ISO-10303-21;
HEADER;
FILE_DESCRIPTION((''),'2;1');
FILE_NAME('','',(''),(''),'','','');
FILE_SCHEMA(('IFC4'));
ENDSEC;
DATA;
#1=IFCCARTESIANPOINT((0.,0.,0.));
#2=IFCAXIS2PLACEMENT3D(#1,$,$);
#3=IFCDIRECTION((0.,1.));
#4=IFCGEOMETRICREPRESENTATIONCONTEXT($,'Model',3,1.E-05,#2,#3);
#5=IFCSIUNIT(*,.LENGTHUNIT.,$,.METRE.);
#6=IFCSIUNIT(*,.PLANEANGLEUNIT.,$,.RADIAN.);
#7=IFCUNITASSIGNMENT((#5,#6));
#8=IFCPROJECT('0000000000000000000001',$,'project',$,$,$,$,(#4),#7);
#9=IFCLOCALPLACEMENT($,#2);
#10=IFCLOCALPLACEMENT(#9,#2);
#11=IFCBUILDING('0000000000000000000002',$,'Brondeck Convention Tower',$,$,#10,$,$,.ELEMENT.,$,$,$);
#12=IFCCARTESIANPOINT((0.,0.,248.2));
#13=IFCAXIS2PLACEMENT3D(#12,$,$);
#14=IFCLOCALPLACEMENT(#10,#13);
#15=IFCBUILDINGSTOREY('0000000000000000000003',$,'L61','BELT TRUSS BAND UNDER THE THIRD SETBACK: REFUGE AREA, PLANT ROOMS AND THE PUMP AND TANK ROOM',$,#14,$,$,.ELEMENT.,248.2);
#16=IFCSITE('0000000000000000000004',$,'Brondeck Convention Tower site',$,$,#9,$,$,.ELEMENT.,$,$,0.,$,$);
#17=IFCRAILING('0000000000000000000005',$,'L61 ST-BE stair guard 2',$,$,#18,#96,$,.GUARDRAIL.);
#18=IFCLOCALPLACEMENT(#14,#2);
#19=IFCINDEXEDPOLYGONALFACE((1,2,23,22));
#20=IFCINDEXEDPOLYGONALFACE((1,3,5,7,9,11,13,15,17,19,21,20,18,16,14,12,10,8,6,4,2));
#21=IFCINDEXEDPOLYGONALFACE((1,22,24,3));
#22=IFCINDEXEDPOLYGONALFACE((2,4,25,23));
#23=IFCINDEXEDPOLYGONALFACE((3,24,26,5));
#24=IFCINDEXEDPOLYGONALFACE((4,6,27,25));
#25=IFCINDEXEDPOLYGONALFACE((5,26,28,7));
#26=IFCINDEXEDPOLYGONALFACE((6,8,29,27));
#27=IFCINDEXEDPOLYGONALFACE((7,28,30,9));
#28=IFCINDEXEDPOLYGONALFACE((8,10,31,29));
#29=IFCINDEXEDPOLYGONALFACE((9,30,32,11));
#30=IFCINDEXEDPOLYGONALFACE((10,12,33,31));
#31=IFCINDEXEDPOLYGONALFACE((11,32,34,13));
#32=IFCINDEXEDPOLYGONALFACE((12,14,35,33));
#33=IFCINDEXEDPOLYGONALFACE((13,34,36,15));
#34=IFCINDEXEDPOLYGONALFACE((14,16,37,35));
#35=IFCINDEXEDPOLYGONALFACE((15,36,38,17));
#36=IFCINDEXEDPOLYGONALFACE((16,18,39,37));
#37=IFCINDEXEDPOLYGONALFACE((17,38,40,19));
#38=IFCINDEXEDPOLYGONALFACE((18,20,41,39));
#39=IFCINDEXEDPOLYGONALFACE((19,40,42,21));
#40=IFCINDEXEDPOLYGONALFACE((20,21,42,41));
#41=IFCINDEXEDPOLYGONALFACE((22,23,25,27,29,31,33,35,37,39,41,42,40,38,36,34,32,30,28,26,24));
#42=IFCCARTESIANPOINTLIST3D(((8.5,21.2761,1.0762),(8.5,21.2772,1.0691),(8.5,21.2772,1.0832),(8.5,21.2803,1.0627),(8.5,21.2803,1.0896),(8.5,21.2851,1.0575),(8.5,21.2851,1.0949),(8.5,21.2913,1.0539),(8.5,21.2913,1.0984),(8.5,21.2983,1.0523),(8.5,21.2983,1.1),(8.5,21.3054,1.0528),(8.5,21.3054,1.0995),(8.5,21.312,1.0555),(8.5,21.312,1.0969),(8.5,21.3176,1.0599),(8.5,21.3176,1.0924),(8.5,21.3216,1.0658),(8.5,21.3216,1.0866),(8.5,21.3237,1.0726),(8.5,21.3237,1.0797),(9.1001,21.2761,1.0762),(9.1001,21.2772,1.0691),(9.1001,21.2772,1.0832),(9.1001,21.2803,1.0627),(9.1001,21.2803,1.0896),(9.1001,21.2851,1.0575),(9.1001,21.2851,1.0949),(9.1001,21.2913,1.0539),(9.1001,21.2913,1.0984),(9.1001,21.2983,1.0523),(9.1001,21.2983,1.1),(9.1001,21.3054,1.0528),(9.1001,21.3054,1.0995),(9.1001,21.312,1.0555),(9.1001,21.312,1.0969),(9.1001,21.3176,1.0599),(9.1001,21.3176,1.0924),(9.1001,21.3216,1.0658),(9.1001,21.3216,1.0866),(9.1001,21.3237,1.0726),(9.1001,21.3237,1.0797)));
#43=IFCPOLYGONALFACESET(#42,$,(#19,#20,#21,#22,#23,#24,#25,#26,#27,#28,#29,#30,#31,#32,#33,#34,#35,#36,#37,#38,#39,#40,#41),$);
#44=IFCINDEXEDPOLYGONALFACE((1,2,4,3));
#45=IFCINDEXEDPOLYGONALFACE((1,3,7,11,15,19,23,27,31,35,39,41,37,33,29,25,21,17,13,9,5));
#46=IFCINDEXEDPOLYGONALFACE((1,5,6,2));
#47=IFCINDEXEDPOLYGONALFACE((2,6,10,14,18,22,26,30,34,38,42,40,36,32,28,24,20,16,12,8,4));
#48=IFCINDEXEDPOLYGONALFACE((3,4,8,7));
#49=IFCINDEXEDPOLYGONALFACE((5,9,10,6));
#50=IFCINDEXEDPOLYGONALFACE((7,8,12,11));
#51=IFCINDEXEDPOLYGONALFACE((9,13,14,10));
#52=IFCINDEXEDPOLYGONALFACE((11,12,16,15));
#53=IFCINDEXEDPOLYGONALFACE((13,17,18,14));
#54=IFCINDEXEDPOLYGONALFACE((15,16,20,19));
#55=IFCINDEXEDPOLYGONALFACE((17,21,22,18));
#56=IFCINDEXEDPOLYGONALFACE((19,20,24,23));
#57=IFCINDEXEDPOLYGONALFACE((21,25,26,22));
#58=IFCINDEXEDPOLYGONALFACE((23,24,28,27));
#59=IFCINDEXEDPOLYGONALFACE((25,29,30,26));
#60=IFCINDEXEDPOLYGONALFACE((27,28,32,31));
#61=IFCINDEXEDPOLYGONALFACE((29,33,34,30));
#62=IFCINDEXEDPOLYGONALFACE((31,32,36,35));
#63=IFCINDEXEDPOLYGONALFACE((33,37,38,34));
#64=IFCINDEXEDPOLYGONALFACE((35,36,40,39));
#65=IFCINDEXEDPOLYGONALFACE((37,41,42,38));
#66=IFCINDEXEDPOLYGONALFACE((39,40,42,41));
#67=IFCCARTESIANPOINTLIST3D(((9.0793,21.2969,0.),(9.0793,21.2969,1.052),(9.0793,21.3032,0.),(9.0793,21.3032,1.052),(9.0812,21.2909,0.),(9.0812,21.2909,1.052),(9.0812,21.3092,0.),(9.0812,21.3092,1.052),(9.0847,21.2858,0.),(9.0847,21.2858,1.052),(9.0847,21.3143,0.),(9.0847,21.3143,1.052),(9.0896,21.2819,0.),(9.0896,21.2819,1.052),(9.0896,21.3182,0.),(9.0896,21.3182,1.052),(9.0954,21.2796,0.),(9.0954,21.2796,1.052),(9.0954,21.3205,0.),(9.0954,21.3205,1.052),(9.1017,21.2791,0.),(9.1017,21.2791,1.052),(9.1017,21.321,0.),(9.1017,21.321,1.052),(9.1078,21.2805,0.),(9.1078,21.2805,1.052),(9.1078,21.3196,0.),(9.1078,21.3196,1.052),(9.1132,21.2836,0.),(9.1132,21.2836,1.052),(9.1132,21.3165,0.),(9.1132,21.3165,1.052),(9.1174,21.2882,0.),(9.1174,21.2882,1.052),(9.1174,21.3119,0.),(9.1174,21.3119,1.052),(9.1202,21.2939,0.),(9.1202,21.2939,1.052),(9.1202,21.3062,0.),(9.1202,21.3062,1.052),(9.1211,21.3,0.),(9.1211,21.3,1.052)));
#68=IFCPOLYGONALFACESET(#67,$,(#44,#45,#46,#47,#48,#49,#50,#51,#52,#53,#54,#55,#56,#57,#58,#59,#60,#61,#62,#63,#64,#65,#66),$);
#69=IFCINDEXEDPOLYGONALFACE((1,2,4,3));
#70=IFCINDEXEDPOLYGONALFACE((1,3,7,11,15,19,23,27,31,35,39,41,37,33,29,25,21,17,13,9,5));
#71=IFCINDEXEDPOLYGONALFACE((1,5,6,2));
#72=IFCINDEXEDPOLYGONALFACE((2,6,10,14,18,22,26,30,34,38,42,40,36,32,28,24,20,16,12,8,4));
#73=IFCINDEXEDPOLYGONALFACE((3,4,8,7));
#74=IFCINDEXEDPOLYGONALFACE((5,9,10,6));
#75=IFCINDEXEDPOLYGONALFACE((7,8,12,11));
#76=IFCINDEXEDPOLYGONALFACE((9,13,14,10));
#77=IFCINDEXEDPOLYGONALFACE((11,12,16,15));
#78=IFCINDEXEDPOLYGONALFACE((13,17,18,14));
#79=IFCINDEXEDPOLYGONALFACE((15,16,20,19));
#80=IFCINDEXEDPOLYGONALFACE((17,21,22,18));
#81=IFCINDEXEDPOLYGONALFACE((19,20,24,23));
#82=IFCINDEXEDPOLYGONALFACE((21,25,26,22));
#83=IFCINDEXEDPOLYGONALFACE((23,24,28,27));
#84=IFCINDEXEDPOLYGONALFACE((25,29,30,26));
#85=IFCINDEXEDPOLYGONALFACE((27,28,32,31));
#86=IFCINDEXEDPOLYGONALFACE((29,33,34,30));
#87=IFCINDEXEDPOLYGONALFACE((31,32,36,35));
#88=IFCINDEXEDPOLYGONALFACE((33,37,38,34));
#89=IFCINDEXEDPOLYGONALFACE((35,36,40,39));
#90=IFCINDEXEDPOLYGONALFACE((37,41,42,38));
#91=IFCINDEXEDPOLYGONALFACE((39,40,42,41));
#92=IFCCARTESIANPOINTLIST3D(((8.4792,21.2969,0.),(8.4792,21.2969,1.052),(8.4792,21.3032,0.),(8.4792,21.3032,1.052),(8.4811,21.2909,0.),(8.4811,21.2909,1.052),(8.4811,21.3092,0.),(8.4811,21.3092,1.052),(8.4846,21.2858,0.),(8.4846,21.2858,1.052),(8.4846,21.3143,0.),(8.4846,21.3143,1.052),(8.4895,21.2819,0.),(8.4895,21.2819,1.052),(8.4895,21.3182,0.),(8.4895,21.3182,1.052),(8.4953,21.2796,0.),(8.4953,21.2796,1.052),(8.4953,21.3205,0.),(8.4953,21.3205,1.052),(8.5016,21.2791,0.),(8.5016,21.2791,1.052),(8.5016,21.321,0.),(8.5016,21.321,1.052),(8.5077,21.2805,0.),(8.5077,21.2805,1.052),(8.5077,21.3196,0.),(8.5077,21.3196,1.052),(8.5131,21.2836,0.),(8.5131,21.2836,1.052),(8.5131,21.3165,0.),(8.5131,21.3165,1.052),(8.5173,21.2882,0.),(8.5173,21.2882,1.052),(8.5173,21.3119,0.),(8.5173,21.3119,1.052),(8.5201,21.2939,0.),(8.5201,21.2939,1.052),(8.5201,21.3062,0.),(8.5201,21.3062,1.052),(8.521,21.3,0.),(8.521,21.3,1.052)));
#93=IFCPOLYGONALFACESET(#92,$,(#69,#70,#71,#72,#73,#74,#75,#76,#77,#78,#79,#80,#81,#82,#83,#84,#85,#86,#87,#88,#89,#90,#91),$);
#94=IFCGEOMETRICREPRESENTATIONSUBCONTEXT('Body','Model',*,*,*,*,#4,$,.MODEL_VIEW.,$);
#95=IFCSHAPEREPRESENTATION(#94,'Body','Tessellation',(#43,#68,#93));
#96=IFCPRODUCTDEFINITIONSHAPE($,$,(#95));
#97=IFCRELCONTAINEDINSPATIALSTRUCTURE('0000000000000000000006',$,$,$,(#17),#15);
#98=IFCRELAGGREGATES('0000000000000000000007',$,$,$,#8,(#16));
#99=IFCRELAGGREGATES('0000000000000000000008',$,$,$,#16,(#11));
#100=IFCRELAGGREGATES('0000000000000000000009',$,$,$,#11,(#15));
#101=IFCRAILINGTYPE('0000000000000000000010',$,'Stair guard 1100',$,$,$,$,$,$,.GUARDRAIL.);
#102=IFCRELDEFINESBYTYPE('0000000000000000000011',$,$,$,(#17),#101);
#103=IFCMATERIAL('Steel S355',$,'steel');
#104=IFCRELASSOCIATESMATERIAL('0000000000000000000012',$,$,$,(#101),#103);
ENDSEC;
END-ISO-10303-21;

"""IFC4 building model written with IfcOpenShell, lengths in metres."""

from ifc_helpers import new_model, si_unit, direction, frame, origin, origin_2d, place, context, subcontext, project, spatial, circle, extrude, material, type_object, element, save


model = new_model("IFC4")

# Units and contexts
model_context = context("Model", 3, precision=1e-05, world=origin(), true_north=direction((0.0, 1.0)))
body_context = subcontext(model_context, "Body", "Model", "MODEL_VIEW")
ifc_project = project(units=[si_unit("LENGTHUNIT", "METRE"), si_unit("PLANEANGLEUNIT", "RADIAN")], contexts=[model_context])

# Site, building, storey
site_placement = place(None, origin())
site = spatial("IfcSite", under=ifc_project, at=site_placement, Name="Brondeck Convention Tower site", CompositionType="ELEMENT", RefElevation=0.0)
building_placement = place(site_placement, origin())
building = spatial("IfcBuilding", under=site, at=building_placement, Name="Brondeck Convention Tower", CompositionType="ELEMENT")
storey_placement = place(building_placement, frame((0.0, 0.0, 248.2)))
storey = spatial("IfcBuildingStorey", under=building, at=storey_placement, Name="L61", Description="BELT TRUSS BAND UNDER THE THIRD SETBACK: REFUGE AREA, PLANT ROOMS AND THE PUMP AND TANK ROOM", CompositionType="ELEMENT", Elevation=248.2)

# Shared definitions
ifc_material_1 = material(Name="Steel S355", Category="steel")

# Railing
railing_type_1 = type_object("IfcRailingType", Name="Stair guard 1100", PredefinedType="GUARDRAIL", material=ifc_material_1)
railing_1_placement = place(storey_placement, frame((9.1001, 21.3, 0.0)))
element("IfcRailing", 1, at=railing_1_placement, inside=storey, type_object=railing_type_1, Name="L61 ST-BE stair guard 2", PredefinedType="GUARDRAIL", context=body_context, shape_type="SweptSolid", body=[
    extrude(circle(Radius=0.0239, at=origin_2d()), frame((0.0, 0.0, 1.0762), z_axis=(-1.0, 0.0, 0.0), x_axis=(0.0, -1.0, 0.0)), (0.0, 0.0, 1.0), 0.6001),
    extrude(circle(Radius=0.021, at=origin_2d()), origin(), (0.0, 0.0, 1.0), 1.052),
    extrude(circle(Radius=0.021, at=origin_2d()), frame((-0.6001, 0.0, 0.0)), (0.0, 0.0, 1.0), 1.052),
])

save(model, "model.ifc")
